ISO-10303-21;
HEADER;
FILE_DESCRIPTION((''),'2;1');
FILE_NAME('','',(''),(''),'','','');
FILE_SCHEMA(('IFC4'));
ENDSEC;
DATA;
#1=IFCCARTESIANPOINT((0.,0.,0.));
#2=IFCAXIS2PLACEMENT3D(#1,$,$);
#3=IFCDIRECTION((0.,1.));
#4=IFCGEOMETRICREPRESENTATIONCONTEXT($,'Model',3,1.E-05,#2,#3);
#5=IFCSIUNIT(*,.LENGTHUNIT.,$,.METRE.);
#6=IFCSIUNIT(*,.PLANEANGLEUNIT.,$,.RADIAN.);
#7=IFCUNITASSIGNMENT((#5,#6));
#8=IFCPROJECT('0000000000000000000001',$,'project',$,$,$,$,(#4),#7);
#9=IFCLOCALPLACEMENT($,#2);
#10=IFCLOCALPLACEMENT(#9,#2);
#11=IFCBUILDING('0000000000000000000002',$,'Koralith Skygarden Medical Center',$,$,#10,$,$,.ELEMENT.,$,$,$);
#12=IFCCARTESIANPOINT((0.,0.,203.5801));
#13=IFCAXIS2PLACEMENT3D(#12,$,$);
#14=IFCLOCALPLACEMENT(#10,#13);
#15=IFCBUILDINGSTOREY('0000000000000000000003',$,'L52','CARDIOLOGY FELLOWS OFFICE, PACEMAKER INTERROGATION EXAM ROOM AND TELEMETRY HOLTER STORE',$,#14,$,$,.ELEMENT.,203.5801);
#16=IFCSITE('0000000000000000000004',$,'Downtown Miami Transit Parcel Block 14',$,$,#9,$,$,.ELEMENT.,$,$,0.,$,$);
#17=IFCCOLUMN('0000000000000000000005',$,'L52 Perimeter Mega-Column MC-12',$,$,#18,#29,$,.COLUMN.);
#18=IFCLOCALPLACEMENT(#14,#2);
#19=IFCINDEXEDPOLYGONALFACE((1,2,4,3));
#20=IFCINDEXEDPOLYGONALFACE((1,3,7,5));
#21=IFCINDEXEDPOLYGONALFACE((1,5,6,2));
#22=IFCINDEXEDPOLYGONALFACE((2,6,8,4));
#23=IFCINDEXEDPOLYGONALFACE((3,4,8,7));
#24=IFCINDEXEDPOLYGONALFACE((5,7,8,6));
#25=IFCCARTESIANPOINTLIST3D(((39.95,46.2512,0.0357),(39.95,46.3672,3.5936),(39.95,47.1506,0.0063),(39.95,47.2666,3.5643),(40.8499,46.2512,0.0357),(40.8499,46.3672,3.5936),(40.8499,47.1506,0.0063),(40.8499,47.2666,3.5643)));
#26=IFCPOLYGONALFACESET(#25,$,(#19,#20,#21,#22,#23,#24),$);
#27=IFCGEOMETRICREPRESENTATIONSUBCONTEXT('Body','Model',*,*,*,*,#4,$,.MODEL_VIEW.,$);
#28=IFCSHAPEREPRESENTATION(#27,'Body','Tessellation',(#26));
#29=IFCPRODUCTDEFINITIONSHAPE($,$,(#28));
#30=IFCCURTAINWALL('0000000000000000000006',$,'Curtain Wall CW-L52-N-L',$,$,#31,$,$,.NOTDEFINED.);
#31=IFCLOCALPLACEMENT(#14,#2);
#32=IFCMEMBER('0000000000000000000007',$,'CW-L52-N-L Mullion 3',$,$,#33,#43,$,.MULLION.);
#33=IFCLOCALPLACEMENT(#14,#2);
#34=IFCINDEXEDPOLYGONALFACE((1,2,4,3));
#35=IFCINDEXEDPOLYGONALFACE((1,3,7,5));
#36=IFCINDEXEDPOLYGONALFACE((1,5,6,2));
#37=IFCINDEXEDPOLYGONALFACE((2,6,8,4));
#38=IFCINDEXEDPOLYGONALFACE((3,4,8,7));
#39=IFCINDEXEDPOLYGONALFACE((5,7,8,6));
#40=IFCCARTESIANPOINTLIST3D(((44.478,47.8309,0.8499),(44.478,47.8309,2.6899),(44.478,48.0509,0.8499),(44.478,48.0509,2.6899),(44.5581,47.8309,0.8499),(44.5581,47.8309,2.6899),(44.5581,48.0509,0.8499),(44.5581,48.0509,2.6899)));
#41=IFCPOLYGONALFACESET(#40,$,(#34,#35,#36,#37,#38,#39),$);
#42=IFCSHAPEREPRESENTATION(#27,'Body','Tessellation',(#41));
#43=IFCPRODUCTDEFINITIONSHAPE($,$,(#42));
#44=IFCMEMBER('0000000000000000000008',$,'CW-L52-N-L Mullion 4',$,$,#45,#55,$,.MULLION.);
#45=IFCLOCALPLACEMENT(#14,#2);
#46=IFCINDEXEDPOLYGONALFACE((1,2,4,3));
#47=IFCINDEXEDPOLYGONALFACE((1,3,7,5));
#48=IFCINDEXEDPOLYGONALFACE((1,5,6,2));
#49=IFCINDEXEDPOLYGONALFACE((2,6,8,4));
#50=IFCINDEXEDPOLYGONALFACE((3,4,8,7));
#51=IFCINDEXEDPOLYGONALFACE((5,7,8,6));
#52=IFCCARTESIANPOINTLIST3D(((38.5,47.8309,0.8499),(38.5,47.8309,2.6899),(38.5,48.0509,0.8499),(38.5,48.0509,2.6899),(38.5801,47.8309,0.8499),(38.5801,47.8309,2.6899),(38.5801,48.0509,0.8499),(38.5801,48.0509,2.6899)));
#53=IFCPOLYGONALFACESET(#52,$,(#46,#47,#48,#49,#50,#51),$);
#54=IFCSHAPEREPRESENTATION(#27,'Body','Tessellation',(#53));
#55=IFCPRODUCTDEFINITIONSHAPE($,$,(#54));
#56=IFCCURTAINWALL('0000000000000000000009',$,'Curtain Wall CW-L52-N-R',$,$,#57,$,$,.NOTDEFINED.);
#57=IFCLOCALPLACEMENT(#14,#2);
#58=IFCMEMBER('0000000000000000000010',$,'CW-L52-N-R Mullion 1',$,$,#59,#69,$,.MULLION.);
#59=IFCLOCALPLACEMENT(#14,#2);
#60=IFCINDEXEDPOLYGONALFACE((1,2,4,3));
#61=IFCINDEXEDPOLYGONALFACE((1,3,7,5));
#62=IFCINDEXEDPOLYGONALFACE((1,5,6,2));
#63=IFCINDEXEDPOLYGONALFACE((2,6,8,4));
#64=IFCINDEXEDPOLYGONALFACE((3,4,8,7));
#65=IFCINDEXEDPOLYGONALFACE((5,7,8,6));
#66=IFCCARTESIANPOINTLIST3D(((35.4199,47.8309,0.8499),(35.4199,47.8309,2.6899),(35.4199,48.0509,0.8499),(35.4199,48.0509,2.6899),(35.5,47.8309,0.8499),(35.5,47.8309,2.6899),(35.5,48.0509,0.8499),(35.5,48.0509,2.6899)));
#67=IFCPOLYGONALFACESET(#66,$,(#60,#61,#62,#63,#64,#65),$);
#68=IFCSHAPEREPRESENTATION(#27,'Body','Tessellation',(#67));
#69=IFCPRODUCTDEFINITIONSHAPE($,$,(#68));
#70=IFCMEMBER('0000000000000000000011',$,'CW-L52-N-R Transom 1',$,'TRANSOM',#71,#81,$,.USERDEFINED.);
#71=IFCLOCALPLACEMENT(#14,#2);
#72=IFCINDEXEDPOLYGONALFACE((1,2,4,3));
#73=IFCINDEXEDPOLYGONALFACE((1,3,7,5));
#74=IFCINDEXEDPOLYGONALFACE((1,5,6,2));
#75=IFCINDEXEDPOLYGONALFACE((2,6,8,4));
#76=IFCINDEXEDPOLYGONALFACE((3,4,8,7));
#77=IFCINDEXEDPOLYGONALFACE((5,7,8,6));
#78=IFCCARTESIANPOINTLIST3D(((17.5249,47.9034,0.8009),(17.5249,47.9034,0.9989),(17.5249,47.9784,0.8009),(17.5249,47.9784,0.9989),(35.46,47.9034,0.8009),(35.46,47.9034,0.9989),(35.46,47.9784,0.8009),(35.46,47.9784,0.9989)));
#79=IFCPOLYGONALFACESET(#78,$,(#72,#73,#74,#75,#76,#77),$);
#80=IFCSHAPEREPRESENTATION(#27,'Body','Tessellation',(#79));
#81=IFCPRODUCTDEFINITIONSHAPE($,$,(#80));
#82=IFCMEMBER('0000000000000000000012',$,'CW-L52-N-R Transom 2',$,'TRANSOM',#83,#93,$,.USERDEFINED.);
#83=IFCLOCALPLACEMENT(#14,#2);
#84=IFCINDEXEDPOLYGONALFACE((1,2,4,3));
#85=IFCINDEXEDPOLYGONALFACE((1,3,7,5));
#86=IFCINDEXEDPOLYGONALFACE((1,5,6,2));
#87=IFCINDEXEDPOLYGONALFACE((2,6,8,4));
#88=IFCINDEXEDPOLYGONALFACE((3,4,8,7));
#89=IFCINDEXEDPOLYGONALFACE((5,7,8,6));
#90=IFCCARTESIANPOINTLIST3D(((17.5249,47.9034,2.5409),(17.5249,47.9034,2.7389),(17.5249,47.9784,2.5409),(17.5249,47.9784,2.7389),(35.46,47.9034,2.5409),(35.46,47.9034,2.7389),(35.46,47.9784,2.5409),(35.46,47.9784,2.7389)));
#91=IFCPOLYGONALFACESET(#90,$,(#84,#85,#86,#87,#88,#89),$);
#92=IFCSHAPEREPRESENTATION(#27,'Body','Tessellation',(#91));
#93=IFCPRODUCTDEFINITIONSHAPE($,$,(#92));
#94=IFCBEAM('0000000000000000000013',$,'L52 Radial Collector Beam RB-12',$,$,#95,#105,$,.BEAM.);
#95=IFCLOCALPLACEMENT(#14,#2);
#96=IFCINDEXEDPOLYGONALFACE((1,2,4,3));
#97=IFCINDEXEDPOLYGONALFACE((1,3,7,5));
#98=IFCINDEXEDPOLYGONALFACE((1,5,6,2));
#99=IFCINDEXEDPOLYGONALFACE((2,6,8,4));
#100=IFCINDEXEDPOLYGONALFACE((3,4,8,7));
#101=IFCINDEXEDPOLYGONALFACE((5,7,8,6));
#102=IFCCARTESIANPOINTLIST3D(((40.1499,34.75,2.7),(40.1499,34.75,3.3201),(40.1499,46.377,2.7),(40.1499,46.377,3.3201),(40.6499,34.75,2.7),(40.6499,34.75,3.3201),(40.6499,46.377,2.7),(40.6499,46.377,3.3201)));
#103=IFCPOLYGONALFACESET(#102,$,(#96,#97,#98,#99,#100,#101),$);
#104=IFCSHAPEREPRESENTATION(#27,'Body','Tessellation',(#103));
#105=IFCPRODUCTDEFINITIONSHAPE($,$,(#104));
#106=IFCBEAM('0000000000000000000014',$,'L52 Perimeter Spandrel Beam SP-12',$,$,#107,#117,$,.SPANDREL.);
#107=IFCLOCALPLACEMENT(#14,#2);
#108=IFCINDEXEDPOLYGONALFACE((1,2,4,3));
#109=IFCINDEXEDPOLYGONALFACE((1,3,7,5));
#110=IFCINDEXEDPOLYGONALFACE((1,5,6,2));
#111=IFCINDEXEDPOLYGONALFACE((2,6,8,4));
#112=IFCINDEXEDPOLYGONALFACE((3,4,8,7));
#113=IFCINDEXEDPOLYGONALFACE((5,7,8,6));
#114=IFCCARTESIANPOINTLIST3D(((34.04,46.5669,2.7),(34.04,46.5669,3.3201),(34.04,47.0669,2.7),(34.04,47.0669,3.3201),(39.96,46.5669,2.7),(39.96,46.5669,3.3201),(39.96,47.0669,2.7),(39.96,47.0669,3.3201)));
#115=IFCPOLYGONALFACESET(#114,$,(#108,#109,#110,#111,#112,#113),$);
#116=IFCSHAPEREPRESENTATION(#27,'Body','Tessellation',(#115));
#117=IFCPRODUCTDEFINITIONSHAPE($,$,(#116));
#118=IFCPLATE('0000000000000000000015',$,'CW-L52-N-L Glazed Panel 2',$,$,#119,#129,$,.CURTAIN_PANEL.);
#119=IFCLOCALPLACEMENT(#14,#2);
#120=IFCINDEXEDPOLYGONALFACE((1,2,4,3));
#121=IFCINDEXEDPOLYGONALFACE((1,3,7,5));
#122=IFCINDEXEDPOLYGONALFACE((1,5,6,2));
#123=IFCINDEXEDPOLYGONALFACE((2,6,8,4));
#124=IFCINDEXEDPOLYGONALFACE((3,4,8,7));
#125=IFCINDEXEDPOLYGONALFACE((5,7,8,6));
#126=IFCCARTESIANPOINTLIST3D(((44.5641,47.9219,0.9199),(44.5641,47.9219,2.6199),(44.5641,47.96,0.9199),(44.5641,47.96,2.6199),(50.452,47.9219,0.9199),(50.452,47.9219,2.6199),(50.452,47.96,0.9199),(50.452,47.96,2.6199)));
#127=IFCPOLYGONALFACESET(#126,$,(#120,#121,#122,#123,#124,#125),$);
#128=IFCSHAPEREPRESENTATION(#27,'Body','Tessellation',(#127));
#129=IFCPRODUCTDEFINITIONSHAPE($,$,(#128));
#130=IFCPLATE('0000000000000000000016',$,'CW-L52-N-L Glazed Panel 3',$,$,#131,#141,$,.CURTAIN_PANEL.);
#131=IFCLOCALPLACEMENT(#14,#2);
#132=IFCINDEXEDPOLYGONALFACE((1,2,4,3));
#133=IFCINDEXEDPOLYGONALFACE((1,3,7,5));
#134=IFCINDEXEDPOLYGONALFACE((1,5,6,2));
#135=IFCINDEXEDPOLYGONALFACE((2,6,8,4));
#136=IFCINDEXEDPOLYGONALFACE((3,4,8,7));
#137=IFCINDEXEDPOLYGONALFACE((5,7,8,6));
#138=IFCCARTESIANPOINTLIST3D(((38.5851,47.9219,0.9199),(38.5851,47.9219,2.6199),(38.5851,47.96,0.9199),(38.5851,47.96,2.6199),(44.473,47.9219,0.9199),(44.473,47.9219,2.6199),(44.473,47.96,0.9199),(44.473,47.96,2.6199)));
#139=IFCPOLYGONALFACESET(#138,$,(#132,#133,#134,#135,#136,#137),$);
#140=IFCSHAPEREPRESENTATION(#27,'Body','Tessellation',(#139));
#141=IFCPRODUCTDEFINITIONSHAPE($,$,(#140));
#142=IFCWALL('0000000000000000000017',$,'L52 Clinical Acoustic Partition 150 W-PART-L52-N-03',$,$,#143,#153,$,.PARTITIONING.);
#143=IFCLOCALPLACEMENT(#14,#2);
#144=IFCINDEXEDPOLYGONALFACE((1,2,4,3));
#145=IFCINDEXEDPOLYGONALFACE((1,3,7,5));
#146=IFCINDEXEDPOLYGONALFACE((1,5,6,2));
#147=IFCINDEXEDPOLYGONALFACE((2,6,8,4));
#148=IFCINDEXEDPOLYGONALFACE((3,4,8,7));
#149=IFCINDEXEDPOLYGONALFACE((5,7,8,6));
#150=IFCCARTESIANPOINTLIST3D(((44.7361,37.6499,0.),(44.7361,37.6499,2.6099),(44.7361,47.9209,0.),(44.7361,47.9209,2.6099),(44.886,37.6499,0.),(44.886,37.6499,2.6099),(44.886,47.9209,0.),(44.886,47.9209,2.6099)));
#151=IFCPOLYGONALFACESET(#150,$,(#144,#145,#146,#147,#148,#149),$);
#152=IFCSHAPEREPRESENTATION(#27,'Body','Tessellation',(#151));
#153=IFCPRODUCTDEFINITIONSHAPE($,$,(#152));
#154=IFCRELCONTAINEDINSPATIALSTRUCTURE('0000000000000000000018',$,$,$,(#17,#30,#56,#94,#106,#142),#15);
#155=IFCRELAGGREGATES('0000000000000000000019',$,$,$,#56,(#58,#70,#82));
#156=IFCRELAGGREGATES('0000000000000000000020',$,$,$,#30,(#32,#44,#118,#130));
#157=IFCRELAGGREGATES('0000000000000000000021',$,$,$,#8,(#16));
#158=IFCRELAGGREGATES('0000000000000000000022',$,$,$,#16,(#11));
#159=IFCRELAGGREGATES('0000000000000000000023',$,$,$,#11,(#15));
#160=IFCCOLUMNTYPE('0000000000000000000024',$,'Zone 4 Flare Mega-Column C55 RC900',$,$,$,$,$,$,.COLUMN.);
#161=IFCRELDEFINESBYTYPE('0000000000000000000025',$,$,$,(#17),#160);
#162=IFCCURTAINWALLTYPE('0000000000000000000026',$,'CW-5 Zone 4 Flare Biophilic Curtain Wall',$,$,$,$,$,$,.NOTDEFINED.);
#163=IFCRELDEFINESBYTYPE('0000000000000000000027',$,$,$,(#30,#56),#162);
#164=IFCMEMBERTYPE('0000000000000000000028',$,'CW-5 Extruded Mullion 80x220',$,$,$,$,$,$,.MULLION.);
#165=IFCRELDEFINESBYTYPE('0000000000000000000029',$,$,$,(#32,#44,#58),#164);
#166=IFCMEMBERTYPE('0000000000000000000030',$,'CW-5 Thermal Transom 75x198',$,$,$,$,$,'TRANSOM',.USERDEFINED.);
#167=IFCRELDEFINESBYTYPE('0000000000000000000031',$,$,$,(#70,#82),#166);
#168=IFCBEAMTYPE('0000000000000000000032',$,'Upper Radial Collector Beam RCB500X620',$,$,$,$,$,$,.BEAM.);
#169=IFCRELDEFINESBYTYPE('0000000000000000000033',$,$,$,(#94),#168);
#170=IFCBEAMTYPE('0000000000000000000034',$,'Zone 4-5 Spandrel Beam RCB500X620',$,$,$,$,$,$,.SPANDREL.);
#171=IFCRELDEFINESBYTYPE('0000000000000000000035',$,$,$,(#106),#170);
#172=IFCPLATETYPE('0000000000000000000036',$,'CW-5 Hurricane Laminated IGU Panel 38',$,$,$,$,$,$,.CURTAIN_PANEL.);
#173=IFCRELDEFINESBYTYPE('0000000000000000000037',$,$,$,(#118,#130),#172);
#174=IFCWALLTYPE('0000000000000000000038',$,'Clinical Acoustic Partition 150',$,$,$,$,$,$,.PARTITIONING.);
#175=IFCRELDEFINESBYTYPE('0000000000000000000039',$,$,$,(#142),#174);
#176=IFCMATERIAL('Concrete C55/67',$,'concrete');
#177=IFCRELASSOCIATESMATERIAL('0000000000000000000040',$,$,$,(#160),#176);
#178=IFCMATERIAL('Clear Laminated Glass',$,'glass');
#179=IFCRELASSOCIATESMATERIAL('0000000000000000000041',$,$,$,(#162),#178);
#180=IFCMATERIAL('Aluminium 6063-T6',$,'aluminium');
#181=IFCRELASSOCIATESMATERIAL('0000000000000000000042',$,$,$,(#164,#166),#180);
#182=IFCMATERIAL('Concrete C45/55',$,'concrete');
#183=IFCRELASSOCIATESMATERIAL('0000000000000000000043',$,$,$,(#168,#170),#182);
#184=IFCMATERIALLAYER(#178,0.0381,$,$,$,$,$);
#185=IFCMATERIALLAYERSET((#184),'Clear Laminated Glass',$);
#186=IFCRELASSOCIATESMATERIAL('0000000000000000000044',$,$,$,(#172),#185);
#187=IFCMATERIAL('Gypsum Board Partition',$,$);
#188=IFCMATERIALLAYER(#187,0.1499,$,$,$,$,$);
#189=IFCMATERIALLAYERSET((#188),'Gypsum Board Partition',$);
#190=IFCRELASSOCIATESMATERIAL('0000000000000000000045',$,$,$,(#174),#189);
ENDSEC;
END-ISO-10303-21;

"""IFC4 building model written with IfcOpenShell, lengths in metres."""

from ifc_helpers import new_model, si_unit, direction, frame, frame_2d, origin, origin_2d, place, context, subcontext, project, spatial, rectangle, extrude, material, layer, layer_set, material_profile, profile_set, type_object, element, aggregate, save


model = new_model("IFC4")

# Units and contexts
model_context = context("Model", 3, precision=1e-05, world=origin(), true_north=direction((0.0, 1.0)))
body_context = subcontext(model_context, "Body", "Model", "MODEL_VIEW")
ifc_project = project(units=[si_unit("LENGTHUNIT", "METRE"), si_unit("PLANEANGLEUNIT", "RADIAN")], contexts=[model_context])

# Site, building, storey
site_placement = place(None, origin())
site = spatial("IfcSite", under=ifc_project, at=site_placement, Name="Downtown Miami Transit Parcel Block 14", CompositionType="ELEMENT", RefElevation=0.0)
building_placement = place(site_placement, origin())
building = spatial("IfcBuilding", under=site, at=building_placement, Name="Koralith Skygarden Medical Center", CompositionType="ELEMENT")
storey_placement = place(building_placement, frame((0.0, 0.0, 203.5801)))
storey = spatial("IfcBuildingStorey", under=building, at=storey_placement, Name="L52", Description="CARDIOLOGY FELLOWS OFFICE, PACEMAKER INTERROGATION EXAM ROOM AND TELEMETRY HOLTER STORE", CompositionType="ELEMENT", Elevation=203.5801)

# Column
ifc_material_1 = material(Name="Concrete C55/67", Category="concrete")
ifc_material_profile_1 = material_profile(ifc_material_1, rectangle(XDim=0.8999, YDim=0.8999, at=origin_2d()), Name="RC900X900")
ifc_profile_set_1 = profile_set([ifc_material_profile_1], Name="Concrete C55/67")
column_type = type_object("IfcColumnType", Name="Zone 4 Flare Mega-Column C55 RC900", PredefinedType="COLUMN", material=ifc_profile_set_1)
column_placement = place(storey_placement, frame((40.3999, 46.7009, 0.021), z_axis=(0.0, 0.032577, 0.999469), x_axis=(-1.0, 0.0, 0.0)))
element("IfcColumn", 1, at=column_placement, inside=storey, type_object=column_type, Name="L52 Perimeter Mega-Column MC-12", PredefinedType="COLUMN", context=body_context, shape_type="SweptSolid", body=[
    extrude(rectangle(XDim=0.8999, YDim=0.8999, at=origin_2d()), origin(), (0.0, 0.0, 1.0), 3.5598),
])

# Curtain walls, members
ifc_material_2 = material(Name="Clear Laminated Glass", Category="glass")
curtain_wall_type = type_object("IfcCurtainWallType", Name="CW-5 Zone 4 Flare Biophilic Curtain Wall", PredefinedType="NOTDEFINED", material=ifc_material_2)
curtain_wall_1_placement = place(storey_placement, origin())
curtain_wall_1 = element("IfcCurtainWall", 2, at=curtain_wall_1_placement, inside=storey, type_object=curtain_wall_type, Name="Curtain Wall CW-L52-N-L", PredefinedType="NOTDEFINED")
ifc_material_3 = material(Name="Aluminium 6063-T6", Category="aluminium")
ifc_material_profile_2 = material_profile(ifc_material_3, rectangle(XDim=0.0801, YDim=0.22, at=origin_2d()), Name="MUL80X220")
ifc_profile_set_2 = profile_set([ifc_material_profile_2], Name="Aluminium 6063-T6")
member_type_1 = type_object("IfcMemberType", Name="CW-5 Extruded Mullion 80x220", PredefinedType="MULLION", material=ifc_profile_set_2)
member_1_placement = place(storey_placement, frame((44.5181, 47.9409, 0.8499), z_axis=(0.0, 0.0, 1.0), x_axis=(1.0, 0.0, 0.0)))
member_1 = element("IfcMember", 3, at=member_1_placement, type_object=member_type_1, Name="CW-L52-N-L Mullion 3", PredefinedType="MULLION", context=body_context, shape_type="SweptSolid", body=[
    extrude(rectangle(XDim=0.0801, YDim=0.22, at=origin_2d()), origin(), (0.0, 0.0, 1.0), 1.8401),
])
member_2_placement = place(storey_placement, frame((38.54, 47.9409, 0.8499), z_axis=(0.0, 0.0, 1.0), x_axis=(1.0, 0.0, 0.0)))
member_2 = element("IfcMember", 4, at=member_2_placement, type_object=member_type_1, Name="CW-L52-N-L Mullion 4", PredefinedType="MULLION", context=body_context, shape_type="SweptSolid", body=[
    extrude(rectangle(XDim=0.0801, YDim=0.22, at=origin_2d()), origin(), (0.0, 0.0, 1.0), 1.8401),
])
curtain_wall_2_placement = place(storey_placement, origin())
curtain_wall_2 = element("IfcCurtainWall", 5, at=curtain_wall_2_placement, inside=storey, type_object=curtain_wall_type, Name="Curtain Wall CW-L52-N-R", PredefinedType="NOTDEFINED")
member_3_placement = place(storey_placement, frame((35.46, 47.9409, 0.8499), z_axis=(0.0, 0.0, 1.0), x_axis=(1.0, 0.0, 0.0)))
member_3 = element("IfcMember", 6, at=member_3_placement, type_object=member_type_1, Name="CW-L52-N-R Mullion 1", PredefinedType="MULLION", context=body_context, shape_type="SweptSolid", body=[
    extrude(rectangle(XDim=0.0801, YDim=0.22, at=origin_2d()), origin(), (0.0, 0.0, 1.0), 1.8401),
])
ifc_material_profile_3 = material_profile(ifc_material_3, rectangle(XDim=0.075, YDim=0.198, at=origin_2d()), Name="TRN75X198")
ifc_profile_set_3 = profile_set([ifc_material_profile_3], Name="Aluminium 6063-T6")
member_type_2 = type_object("IfcMemberType", Name="CW-5 Thermal Transom 75x198", ElementType="TRANSOM", PredefinedType="USERDEFINED", material=ifc_profile_set_3)
member_4_placement = place(storey_placement, frame((35.46, 47.9409, 0.8999), z_axis=(-1.0, 0.0, 0.0), x_axis=(0.0, -1.0, 0.0)))
member_4 = element("IfcMember", 7, at=member_4_placement, type_object=member_type_2, Name="CW-L52-N-R Transom 1", ObjectType="TRANSOM", PredefinedType="USERDEFINED", context=body_context, shape_type="SweptSolid", body=[
    extrude(rectangle(XDim=0.075, YDim=0.198, at=origin_2d()), origin(), (0.0, 0.0, 1.0), 17.9351),
])
member_5_placement = place(storey_placement, frame((35.46, 47.9409, 2.6399), z_axis=(-1.0, 0.0, 0.0), x_axis=(0.0, -1.0, 0.0)))
member_5 = element("IfcMember", 8, at=member_5_placement, type_object=member_type_2, Name="CW-L52-N-R Transom 2", ObjectType="TRANSOM", PredefinedType="USERDEFINED", context=body_context, shape_type="SweptSolid", body=[
    extrude(rectangle(XDim=0.075, YDim=0.198, at=origin_2d()), origin(), (0.0, 0.0, 1.0), 17.9351),
])
aggregate(curtain_wall_2, [member_3, member_4, member_5])

# Beams
ifc_material_4 = material(Name="Concrete C45/55", Category="concrete")
ifc_material_profile_4 = material_profile(ifc_material_4, rectangle(XDim=0.5, YDim=0.6201, at=origin_2d()), Name="RCB500X620")
ifc_profile_set_4 = profile_set([ifc_material_profile_4], Name="Concrete C45/55")
beam_type_1 = type_object("IfcBeamType", Name="Upper Radial Collector Beam RCB500X620", PredefinedType="BEAM", material=ifc_profile_set_4)
beam_1_placement = place(storey_placement, frame((40.3999, 34.75, 3.01), z_axis=(0.0, 1.0, 0.0), x_axis=(-1.0, 0.0, 0.0)))
element("IfcBeam", 9, at=beam_1_placement, inside=storey, type_object=beam_type_1, Name="L52 Radial Collector Beam RB-12", PredefinedType="BEAM", context=body_context, shape_type="SweptSolid", body=[
    extrude(rectangle(XDim=0.5, YDim=0.6201, at=origin_2d()), origin(), (0.0, 0.0, 1.0), 11.627),
])
ifc_material_profile_5 = material_profile(ifc_material_4, rectangle(XDim=0.5, YDim=0.6201, at=origin_2d()), Name="RCB500X620")
ifc_profile_set_5 = profile_set([ifc_material_profile_5], Name="Concrete C45/55")
beam_type_2 = type_object("IfcBeamType", Name="Zone 4-5 Spandrel Beam RCB500X620", PredefinedType="SPANDREL", material=ifc_profile_set_5)
beam_2_placement = place(storey_placement, frame((39.96, 46.8169, 3.01), z_axis=(-1.0, 0.0, 0.0), x_axis=(0.0, -1.0, 0.0)))
element("IfcBeam", 10, at=beam_2_placement, inside=storey, type_object=beam_type_2, Name="L52 Perimeter Spandrel Beam SP-12", PredefinedType="SPANDREL", context=body_context, shape_type="SweptSolid", body=[
    extrude(rectangle(XDim=0.5, YDim=0.6201, at=origin_2d()), origin(), (0.0, 0.0, 1.0), 5.9199),
])

# Plates
ifc_layer_1 = layer(ifc_material_2, 0.0381)
ifc_layer_set_1 = layer_set([ifc_layer_1], Name="Clear Laminated Glass")
plate_type = type_object("IfcPlateType", Name="CW-5 Hurricane Laminated IGU Panel 38", PredefinedType="CURTAIN_PANEL", material=ifc_layer_set_1)
plate_1_placement = place(storey_placement, frame((47.5081, 47.9409, 0.9199), z_axis=(0.0, 0.0, 1.0), x_axis=(-1.0, 0.0, 0.0)))
plate_1 = element("IfcPlate", 11, at=plate_1_placement, type_object=plate_type, Name="CW-L52-N-L Glazed Panel 2", PredefinedType="CURTAIN_PANEL", context=body_context, shape_type="SweptSolid", body=[
    extrude(rectangle(XDim=5.8879, YDim=0.0381, at=origin_2d()), origin(), (0.0, 0.0, 1.0), 1.7),
])
plate_2_placement = place(storey_placement, frame((41.5291, 47.9409, 0.9199), z_axis=(0.0, 0.0, 1.0), x_axis=(-1.0, 0.0, 0.0)))
plate_2 = element("IfcPlate", 12, at=plate_2_placement, type_object=plate_type, Name="CW-L52-N-L Glazed Panel 3", PredefinedType="CURTAIN_PANEL", context=body_context, shape_type="SweptSolid", body=[
    extrude(rectangle(XDim=5.8879, YDim=0.0381, at=origin_2d()), origin(), (0.0, 0.0, 1.0), 1.7),
])
aggregate(curtain_wall_1, [member_1, member_2, plate_1, plate_2])

# Wall
ifc_material_5 = material(Name="Gypsum Board Partition")
ifc_layer_2 = layer(ifc_material_5, 0.1499)
ifc_layer_set_2 = layer_set([ifc_layer_2], Name="Gypsum Board Partition")
wall_type_1 = type_object("IfcWallType", Name="Clinical Acoustic Partition 150", PredefinedType="PARTITIONING", material=ifc_layer_set_2)
wall_1_placement = place(storey_placement, frame((44.811, 37.6499, 0.0), z_axis=(0.0, 0.0, 1.0), x_axis=(0.0, 1.0, 0.0)))
element("IfcWall", 13, at=wall_1_placement, inside=storey, type_object=wall_type_1, Name="L52 Clinical Acoustic Partition 150 W-PART-L52-N-03", PredefinedType="PARTITIONING", context=body_context, shape_type="SweptSolid", body=[
    extrude(rectangle(XDim=10.271, YDim=0.1499, at=frame_2d((5.1355, 0.0))), origin(), (0.0, 0.0, 1.0), 2.6099),
])

save(model, "model.ifc")
